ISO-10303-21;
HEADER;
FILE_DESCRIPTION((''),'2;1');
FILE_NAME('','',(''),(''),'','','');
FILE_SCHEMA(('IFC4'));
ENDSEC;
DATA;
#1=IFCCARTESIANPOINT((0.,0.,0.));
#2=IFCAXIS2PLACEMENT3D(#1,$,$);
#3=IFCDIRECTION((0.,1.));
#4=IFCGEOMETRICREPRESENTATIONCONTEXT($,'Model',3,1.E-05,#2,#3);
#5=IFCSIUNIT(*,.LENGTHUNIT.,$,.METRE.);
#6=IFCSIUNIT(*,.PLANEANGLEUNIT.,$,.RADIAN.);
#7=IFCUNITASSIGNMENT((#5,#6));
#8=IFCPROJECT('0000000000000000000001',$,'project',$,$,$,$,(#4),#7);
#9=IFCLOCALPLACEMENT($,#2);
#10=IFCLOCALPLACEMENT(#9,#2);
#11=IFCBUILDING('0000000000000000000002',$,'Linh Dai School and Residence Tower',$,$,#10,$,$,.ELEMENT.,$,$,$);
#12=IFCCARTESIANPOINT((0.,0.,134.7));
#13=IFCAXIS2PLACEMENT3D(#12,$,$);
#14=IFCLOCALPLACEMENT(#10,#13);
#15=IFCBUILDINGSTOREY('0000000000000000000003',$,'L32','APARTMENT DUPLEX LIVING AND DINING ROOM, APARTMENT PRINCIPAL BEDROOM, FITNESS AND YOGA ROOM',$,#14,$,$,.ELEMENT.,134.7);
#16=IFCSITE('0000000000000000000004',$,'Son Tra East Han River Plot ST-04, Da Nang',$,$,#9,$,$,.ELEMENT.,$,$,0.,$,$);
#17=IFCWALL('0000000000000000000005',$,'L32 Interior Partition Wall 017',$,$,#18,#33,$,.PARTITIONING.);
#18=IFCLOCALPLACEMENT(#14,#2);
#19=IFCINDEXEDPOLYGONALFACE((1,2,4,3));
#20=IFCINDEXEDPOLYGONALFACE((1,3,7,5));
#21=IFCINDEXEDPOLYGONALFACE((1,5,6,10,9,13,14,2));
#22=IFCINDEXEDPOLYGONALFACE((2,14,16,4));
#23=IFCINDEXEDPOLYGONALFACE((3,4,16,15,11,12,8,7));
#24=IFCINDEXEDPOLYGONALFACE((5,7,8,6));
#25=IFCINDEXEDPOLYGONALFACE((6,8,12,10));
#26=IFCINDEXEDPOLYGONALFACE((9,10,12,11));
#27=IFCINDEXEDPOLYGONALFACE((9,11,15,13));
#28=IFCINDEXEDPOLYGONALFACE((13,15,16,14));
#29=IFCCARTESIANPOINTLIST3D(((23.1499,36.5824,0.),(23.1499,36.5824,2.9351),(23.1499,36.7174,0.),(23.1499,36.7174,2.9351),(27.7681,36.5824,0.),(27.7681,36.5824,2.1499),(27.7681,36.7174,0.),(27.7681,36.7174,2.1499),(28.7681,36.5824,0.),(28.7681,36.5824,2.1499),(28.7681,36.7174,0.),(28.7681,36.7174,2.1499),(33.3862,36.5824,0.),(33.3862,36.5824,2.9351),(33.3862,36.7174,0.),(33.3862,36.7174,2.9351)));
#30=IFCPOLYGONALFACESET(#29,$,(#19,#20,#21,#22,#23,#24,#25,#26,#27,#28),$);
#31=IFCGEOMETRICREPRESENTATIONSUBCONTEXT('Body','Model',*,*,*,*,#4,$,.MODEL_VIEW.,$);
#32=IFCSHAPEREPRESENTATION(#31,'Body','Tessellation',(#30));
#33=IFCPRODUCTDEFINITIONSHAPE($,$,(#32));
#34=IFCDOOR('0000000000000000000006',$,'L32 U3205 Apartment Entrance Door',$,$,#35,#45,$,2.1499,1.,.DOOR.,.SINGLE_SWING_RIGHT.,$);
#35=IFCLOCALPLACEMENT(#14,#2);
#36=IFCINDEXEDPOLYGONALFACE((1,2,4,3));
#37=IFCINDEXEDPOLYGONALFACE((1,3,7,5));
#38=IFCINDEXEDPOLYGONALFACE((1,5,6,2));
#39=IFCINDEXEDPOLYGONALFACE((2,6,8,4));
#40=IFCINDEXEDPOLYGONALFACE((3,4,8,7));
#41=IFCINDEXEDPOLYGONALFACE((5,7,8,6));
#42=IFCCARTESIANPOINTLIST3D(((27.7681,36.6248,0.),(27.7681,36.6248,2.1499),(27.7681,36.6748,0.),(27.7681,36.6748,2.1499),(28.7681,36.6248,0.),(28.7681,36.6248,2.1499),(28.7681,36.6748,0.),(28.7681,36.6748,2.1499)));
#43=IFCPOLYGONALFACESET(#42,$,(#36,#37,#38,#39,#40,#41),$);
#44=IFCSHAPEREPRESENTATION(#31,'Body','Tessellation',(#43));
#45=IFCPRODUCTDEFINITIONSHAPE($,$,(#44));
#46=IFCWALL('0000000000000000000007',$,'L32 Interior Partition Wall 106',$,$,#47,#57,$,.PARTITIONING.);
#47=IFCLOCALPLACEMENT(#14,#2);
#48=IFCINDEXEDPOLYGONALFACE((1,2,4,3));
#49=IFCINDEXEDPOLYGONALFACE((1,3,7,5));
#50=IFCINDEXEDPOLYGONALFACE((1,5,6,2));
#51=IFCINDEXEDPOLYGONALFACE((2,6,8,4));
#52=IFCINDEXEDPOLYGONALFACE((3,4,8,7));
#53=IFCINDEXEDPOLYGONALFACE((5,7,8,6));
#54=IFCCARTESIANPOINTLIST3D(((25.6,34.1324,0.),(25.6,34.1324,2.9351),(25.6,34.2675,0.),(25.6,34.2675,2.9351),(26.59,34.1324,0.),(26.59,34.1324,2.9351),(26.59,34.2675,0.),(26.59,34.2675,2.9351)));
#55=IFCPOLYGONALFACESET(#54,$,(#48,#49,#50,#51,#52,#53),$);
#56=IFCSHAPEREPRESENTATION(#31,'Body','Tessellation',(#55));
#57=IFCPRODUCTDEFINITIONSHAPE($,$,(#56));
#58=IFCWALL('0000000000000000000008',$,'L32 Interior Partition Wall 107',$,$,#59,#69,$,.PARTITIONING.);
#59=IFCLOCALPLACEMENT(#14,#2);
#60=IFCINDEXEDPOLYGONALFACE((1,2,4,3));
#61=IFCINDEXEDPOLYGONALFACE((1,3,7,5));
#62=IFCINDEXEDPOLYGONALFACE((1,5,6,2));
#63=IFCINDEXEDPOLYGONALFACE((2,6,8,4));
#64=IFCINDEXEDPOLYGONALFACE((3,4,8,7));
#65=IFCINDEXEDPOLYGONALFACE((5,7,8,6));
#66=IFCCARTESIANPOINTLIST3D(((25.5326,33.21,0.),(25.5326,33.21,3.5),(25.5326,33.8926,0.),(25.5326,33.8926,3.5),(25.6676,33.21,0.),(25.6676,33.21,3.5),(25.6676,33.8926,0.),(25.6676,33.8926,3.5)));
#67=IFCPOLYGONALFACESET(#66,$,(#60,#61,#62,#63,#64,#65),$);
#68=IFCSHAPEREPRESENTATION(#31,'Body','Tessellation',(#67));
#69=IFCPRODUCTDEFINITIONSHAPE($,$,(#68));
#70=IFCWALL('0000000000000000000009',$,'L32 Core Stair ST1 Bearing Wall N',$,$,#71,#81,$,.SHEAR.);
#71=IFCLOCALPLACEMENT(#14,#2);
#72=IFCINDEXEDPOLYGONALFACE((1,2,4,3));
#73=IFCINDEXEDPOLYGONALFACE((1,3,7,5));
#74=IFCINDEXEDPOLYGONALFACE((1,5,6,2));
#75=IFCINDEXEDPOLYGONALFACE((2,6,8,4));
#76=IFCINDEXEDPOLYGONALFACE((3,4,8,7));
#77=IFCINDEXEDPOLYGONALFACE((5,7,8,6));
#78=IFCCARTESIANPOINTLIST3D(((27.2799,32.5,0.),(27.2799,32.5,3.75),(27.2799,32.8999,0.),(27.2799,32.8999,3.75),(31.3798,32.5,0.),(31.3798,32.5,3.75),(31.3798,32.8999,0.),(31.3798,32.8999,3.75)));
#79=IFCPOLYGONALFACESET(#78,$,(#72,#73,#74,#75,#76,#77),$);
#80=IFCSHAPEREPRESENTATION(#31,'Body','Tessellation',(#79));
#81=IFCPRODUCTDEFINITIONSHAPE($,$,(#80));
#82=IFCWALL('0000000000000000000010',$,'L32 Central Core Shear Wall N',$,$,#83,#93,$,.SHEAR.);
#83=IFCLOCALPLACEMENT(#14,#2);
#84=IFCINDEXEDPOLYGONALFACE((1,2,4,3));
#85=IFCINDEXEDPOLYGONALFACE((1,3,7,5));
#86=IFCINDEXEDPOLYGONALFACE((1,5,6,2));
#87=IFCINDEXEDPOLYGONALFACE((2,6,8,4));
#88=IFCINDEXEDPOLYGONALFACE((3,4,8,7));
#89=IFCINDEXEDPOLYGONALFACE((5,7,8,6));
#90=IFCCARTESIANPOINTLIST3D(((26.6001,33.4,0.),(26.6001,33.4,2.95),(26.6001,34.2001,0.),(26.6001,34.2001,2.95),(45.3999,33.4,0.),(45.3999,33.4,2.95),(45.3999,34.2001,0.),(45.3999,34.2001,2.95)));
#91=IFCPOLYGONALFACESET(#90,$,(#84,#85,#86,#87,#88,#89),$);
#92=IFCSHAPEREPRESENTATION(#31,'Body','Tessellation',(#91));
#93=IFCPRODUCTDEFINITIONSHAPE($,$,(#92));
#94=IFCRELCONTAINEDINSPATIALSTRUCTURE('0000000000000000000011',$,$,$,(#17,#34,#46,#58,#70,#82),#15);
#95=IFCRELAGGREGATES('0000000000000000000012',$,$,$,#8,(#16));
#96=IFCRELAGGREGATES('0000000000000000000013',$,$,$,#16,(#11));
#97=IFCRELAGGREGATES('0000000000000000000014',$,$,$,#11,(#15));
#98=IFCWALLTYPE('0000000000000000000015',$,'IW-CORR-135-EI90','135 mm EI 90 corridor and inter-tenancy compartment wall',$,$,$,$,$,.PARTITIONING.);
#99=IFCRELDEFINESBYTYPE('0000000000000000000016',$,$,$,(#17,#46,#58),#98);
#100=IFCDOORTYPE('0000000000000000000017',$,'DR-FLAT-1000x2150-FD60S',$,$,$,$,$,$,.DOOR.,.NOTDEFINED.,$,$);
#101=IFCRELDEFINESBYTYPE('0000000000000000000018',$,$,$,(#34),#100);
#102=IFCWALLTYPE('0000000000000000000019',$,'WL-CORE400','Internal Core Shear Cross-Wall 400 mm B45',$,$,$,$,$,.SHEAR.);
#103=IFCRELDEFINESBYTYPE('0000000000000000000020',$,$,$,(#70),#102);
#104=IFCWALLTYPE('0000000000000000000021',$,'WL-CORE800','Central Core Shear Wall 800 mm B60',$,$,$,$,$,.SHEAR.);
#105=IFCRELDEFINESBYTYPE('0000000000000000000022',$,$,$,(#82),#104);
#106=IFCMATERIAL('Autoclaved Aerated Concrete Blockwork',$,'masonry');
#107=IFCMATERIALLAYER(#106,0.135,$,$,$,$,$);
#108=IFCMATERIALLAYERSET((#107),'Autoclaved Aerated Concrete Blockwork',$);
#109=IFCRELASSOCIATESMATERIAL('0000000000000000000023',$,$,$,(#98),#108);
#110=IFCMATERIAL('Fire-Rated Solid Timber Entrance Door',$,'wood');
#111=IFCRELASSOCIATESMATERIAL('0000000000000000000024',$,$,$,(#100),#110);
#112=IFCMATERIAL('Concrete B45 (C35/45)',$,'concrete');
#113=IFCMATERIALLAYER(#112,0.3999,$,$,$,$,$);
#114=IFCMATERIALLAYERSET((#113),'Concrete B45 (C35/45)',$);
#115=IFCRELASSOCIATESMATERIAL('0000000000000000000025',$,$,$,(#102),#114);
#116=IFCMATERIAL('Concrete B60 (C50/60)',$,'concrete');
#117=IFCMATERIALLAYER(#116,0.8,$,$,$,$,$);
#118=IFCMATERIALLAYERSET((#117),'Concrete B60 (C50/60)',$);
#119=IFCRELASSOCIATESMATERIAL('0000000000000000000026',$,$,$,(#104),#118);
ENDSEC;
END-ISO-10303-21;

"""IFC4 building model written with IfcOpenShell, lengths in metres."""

from ifc_helpers import new_model, si_unit, direction, frame, frame_2d, origin, origin_2d, place, context, subcontext, project, spatial, rectangle, extrude, source, transform, mapped, material, layer, layer_set, type_object, element, fill, save


model = new_model("IFC4")

# Units and contexts
model_context = context("Model", 3, precision=1e-05, world=origin(), true_north=direction((0.0, 1.0)))
body_context = subcontext(model_context, "Body", "Model", "MODEL_VIEW")
ifc_project = project(units=[si_unit("LENGTHUNIT", "METRE"), si_unit("PLANEANGLEUNIT", "RADIAN")], contexts=[model_context])

# Site, building, storey
site_placement = place(None, origin())
site = spatial("IfcSite", under=ifc_project, at=site_placement, Name="Son Tra East Han River Plot ST-04, Da Nang", CompositionType="ELEMENT", RefElevation=0.0)
building_placement = place(site_placement, origin())
building = spatial("IfcBuilding", under=site, at=building_placement, Name="Linh Dai School and Residence Tower", CompositionType="ELEMENT")
storey_placement = place(building_placement, frame((0.0, 0.0, 134.7)))
storey = spatial("IfcBuildingStorey", under=building, at=storey_placement, Name="L32", Description="APARTMENT DUPLEX LIVING AND DINING ROOM, APARTMENT PRINCIPAL BEDROOM, FITNESS AND YOGA ROOM", CompositionType="ELEMENT", Elevation=134.7)

# Shared definitions
ifc_material_1 = material(Name="Concrete B60 (C50/60)", Category="concrete")

# Wall, opening, door
ifc_material_2 = material(Name="Autoclaved Aerated Concrete Blockwork", Category="masonry")
ifc_layer_1 = layer(ifc_material_2, 0.135)
ifc_layer_set_1 = layer_set([ifc_layer_1], Name="Autoclaved Aerated Concrete Blockwork")
wall_type_1 = type_object("IfcWallType", Name="IW-CORR-135-EI90", Description="135 mm EI 90 corridor and inter-tenancy compartment wall", PredefinedType="PARTITIONING", material=ifc_layer_set_1)
wall_1_placement = place(storey_placement, frame((23.1499, 36.6499, 0.0), z_axis=(0.0, 0.0, 1.0), x_axis=(1.0, 0.0, 0.0)))
wall_1 = element("IfcWall", 1, at=wall_1_placement, inside=storey, type_object=wall_type_1, Name="L32 Interior Partition Wall 017", PredefinedType="PARTITIONING", context=body_context, shape_type="SweptSolid", body=[
    extrude(rectangle(XDim=10.2363, YDim=0.135, at=frame_2d((5.1182, 0.0))), origin(), (0.0, 0.0, 1.0), 2.9351),
])
opening_1_placement = place(wall_1_placement, frame((4.6182, 0.0, 0.0)))
opening_1 = element("IfcOpeningElement", 2, at=opening_1_placement, cuts=wall_1, PredefinedType="OPENING", context=body_context, shape_type="SweptSolid", body=[
    extrude(rectangle(XDim=1.0, YDim=2.1499, at=origin_2d()), frame((0.5, 0.0776, 1.075), z_axis=(0.0, -1.0, 0.0), x_axis=(1.0, 0.0, 0.0)), (0.0, 0.0, 1.0), 0.155),
])
ifc_material_3 = material(Name="Fire-Rated Solid Timber Entrance Door", Category="wood")
door_type = type_object("IfcDoorType", Name="DR-FLAT-1000x2150-FD60S", OperationType="NOTDEFINED", PredefinedType="DOOR", material=ifc_material_3)
shared_shape_1 = source(origin(), body_context, "Body", "SweptSolid", [
    extrude(rectangle(XDim=1.0, YDim=2.1499, at=origin_2d()), frame((0.5, 0.0249, 1.075), z_axis=(0.0, -1.0, 0.0), x_axis=(1.0, 0.0, 0.0)), (0.0, 0.0, 1.0), 0.05),
])
door_placement = place(opening_1_placement, origin())
door = element("IfcDoor", 3, at=door_placement, inside=storey, type_object=door_type, Name="L32 U3205 Apartment Entrance Door", OperationType="SINGLE_SWING_RIGHT", OverallHeight=2.1499, OverallWidth=1.0, PredefinedType="DOOR", context=body_context, shape_type="MappedRepresentation", body=[
    mapped(shared_shape_1, transform((0.0, 0.0, 0.0), x_axis=(1.0, 0.0, 0.0), y_axis=(0.0, 1.0, 0.0), z_axis=(0.0, 0.0, 1.0), scale=1.0)),
])
fill(opening_1, door)

# Walls
wall_2_placement = place(storey_placement, frame((26.5901, 34.2, 0.0), z_axis=(0.0, 0.0, 1.0), x_axis=(-1.0, 0.0, 0.0)))
element("IfcWall", 4, at=wall_2_placement, inside=storey, type_object=wall_type_1, Name="L32 Interior Partition Wall 106", PredefinedType="PARTITIONING", context=body_context, shape_type="SweptSolid", body=[
    extrude(rectangle(XDim=0.99, YDim=0.135, at=frame_2d((0.4951, 0.0))), origin(), (0.0, 0.0, 1.0), 2.9351),
])
wall_3_placement = place(storey_placement, frame((25.6001, 33.8926, 0.0), z_axis=(0.0, 0.0, 1.0), x_axis=(0.0, -1.0, 0.0)))
element("IfcWall", 5, at=wall_3_placement, inside=storey, type_object=wall_type_1, Name="L32 Interior Partition Wall 107", PredefinedType="PARTITIONING", context=body_context, shape_type="SweptSolid", body=[
    extrude(rectangle(XDim=0.6826, YDim=0.135, at=frame_2d((0.3413, 0.0))), origin(), (0.0, 0.0, 1.0), 3.5),
])
ifc_material_4 = material(Name="Concrete B45 (C35/45)", Category="concrete")
ifc_layer_2 = layer(ifc_material_4, 0.3999)
ifc_layer_set_2 = layer_set([ifc_layer_2], Name="Concrete B45 (C35/45)")
wall_type_2 = type_object("IfcWallType", Name="WL-CORE400", Description="Internal Core Shear Cross-Wall 400 mm B45", PredefinedType="SHEAR", material=ifc_layer_set_2)
wall_4_placement = place(storey_placement, frame((27.28, 32.7, 0.0), z_axis=(0.0, 0.0, 1.0), x_axis=(1.0, 0.0, 0.0)))
element("IfcWall", 6, at=wall_4_placement, inside=storey, type_object=wall_type_2, Name="L32 Core Stair ST1 Bearing Wall N", PredefinedType="SHEAR", context=body_context, shape_type="SweptSolid", body=[
    extrude(rectangle(XDim=4.0999, YDim=0.3999, at=frame_2d((2.0498, 0.0))), origin(), (0.0, 0.0, 1.0), 3.75),
])
ifc_layer_3 = layer(ifc_material_1, 0.8)
ifc_layer_set_3 = layer_set([ifc_layer_3], Name="Concrete B60 (C50/60)")
wall_type_3 = type_object("IfcWallType", Name="WL-CORE800", Description="Central Core Shear Wall 800 mm B60", PredefinedType="SHEAR", material=ifc_layer_set_3)
wall_5_placement = place(storey_placement, frame((26.6001, 33.8, 0.0), z_axis=(0.0, 0.0, 1.0), x_axis=(1.0, 0.0, 0.0)))
element("IfcWall", 7, at=wall_5_placement, inside=storey, type_object=wall_type_3, Name="L32 Central Core Shear Wall N", PredefinedType="SHEAR", context=body_context, shape_type="SweptSolid", body=[
    extrude(rectangle(XDim=18.7998, YDim=0.8, at=frame_2d((9.3999, 0.0))), origin(), (0.0, 0.0, 1.0), 2.95),
])

save(model, "model.ifc")
